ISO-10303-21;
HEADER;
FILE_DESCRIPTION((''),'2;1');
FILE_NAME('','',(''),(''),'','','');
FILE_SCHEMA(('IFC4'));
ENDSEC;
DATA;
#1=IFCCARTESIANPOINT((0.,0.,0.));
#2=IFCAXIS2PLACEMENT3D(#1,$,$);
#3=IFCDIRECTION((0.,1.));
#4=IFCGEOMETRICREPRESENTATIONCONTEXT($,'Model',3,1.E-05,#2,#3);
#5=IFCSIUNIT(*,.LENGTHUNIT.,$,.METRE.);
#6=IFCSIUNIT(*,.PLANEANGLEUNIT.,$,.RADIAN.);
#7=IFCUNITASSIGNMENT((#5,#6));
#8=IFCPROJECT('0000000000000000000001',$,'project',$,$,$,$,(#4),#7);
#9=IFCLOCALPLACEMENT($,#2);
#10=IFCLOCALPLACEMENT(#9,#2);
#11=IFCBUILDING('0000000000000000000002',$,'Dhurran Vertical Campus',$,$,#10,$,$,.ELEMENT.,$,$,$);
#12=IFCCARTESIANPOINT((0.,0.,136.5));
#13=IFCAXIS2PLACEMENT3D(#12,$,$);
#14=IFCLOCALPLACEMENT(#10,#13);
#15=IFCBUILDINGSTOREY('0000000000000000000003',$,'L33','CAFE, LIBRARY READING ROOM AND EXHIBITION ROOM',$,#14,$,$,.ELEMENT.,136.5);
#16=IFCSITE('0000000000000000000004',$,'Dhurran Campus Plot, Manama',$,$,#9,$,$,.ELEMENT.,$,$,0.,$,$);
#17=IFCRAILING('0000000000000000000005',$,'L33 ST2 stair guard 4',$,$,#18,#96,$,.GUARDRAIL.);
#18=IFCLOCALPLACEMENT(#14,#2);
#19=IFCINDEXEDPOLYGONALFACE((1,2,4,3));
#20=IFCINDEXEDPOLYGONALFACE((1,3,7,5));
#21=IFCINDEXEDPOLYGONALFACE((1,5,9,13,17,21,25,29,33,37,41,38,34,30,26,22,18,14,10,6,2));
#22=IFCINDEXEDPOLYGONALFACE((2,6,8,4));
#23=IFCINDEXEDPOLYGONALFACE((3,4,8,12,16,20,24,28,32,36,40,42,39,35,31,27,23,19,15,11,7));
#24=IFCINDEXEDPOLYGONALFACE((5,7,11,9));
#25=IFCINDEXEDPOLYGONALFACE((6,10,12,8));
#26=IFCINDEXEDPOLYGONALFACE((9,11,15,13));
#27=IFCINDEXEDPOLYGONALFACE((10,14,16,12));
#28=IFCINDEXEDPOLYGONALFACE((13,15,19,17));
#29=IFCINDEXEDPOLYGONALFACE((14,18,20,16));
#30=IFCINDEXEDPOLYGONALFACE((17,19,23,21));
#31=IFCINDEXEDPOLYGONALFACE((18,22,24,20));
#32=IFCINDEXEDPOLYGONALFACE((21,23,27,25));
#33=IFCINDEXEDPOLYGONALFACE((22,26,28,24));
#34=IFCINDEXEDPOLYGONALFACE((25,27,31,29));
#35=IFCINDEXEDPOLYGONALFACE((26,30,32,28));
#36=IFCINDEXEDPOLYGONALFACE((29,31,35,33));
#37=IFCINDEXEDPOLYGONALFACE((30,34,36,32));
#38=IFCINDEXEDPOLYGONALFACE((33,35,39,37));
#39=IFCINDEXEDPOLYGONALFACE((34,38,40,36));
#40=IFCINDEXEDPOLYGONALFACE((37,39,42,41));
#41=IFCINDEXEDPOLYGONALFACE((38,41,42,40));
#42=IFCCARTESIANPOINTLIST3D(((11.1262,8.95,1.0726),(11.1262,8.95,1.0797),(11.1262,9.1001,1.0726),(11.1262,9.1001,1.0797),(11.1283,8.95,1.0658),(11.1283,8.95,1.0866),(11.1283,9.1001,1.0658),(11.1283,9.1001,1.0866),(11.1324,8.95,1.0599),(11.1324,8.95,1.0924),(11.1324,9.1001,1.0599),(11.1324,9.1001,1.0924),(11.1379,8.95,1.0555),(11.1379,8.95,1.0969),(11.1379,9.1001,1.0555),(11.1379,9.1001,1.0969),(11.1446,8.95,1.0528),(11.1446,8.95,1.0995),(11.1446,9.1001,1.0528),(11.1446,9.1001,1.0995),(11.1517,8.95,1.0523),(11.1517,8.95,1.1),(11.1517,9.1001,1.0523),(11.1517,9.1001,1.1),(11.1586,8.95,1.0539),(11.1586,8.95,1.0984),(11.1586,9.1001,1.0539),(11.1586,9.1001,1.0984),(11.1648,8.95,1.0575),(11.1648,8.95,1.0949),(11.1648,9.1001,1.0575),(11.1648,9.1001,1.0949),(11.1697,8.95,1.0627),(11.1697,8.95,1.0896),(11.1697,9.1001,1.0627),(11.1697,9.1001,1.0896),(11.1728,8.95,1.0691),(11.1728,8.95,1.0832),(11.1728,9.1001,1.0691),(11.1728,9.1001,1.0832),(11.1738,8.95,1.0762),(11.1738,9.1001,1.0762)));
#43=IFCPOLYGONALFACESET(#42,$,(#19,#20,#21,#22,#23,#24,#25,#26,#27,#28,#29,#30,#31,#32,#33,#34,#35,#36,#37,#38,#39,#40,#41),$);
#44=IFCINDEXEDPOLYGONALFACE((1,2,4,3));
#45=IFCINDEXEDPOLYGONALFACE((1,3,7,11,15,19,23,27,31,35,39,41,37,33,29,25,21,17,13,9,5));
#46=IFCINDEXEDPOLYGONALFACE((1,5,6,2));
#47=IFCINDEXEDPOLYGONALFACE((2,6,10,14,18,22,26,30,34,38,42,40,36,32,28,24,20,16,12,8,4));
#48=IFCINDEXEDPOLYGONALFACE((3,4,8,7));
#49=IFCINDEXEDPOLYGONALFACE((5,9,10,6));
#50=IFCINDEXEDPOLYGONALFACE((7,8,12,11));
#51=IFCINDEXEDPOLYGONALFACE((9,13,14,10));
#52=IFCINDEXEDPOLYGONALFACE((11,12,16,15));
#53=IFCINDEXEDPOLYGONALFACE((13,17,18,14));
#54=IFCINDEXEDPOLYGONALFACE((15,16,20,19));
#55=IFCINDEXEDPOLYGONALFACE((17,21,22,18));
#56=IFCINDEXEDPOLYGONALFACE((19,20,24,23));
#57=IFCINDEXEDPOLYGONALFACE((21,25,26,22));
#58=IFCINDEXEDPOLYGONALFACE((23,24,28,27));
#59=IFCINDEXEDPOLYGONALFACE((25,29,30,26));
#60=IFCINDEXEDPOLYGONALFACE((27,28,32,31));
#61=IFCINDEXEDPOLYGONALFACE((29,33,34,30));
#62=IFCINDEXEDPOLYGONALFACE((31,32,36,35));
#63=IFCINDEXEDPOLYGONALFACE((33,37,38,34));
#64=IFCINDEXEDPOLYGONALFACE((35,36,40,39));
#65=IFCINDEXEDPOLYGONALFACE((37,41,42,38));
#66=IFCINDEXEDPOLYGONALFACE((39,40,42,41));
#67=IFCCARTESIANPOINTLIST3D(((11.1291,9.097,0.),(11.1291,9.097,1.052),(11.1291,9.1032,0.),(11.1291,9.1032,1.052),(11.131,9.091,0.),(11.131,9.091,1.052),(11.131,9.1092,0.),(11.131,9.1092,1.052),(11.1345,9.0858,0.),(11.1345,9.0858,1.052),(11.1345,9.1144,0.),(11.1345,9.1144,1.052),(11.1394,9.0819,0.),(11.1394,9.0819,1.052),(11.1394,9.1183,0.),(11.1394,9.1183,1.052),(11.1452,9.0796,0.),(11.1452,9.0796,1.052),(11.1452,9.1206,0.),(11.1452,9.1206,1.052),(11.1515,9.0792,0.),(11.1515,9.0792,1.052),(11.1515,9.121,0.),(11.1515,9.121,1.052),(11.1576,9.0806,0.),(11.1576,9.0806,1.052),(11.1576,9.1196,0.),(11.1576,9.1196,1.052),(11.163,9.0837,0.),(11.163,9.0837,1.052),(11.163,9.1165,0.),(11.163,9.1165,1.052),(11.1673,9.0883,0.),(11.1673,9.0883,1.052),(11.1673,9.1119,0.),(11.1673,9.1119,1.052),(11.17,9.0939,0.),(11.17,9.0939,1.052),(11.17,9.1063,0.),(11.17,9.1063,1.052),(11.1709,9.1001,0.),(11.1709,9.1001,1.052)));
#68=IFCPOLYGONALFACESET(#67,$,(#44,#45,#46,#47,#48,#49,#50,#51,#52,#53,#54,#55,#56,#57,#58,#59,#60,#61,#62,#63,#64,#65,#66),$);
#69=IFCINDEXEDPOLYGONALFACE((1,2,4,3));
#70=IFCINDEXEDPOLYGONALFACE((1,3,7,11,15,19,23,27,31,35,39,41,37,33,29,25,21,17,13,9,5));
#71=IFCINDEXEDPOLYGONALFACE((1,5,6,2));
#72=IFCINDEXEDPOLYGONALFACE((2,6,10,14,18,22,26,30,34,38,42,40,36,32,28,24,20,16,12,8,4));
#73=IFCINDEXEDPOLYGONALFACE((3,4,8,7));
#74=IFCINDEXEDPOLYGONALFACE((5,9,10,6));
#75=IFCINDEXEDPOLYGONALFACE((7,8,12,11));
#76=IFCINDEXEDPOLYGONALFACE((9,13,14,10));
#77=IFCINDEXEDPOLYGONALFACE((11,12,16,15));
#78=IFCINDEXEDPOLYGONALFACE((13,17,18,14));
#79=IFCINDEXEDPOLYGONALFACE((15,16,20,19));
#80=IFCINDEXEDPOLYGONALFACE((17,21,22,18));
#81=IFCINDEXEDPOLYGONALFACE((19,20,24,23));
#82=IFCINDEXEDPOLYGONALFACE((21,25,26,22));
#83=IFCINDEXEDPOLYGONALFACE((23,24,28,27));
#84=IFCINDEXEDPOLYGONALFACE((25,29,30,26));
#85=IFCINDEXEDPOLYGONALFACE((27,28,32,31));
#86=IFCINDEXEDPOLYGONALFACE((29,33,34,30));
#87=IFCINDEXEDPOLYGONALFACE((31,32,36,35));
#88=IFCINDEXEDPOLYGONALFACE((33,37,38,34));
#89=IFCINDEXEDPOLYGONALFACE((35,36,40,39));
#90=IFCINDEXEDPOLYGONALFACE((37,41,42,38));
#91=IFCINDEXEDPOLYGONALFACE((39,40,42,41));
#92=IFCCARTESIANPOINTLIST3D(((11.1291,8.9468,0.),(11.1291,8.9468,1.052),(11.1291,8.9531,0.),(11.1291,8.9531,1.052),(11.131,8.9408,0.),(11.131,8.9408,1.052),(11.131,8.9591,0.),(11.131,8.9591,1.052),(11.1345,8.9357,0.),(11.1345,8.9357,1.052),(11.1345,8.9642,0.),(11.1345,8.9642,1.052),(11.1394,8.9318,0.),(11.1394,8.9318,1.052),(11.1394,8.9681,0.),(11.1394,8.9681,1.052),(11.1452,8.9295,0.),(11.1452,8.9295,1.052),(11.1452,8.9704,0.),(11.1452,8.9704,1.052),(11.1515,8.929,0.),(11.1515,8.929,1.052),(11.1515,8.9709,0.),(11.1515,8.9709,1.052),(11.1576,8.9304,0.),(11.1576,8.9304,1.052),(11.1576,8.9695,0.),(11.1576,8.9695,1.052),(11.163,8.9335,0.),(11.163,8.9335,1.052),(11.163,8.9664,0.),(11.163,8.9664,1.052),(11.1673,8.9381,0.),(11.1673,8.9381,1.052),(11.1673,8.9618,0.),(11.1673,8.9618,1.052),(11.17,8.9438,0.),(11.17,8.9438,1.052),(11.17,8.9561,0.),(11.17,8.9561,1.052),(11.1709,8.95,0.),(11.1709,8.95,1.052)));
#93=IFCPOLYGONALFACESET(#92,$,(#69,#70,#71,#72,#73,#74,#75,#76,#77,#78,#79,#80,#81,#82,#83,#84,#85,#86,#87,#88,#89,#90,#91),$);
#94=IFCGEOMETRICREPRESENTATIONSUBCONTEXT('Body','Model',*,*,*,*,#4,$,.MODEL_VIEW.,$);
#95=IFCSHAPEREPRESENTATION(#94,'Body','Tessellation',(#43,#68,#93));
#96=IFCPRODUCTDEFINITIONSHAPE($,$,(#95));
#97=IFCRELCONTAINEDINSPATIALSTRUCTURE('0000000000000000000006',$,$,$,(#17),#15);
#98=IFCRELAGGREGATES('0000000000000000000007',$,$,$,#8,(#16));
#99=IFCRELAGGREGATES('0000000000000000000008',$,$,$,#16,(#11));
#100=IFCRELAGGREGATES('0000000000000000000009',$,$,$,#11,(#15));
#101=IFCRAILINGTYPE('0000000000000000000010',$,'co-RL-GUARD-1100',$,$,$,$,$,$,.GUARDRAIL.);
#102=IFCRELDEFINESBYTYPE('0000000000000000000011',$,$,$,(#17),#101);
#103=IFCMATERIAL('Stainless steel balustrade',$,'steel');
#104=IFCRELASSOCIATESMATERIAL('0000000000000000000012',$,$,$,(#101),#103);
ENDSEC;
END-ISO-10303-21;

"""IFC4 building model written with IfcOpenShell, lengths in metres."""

from ifc_helpers import new_model, si_unit, direction, frame, origin, origin_2d, place, context, subcontext, project, spatial, circle, extrude, material, type_object, element, save


model = new_model("IFC4")

# Units and contexts
model_context = context("Model", 3, precision=1e-05, world=origin(), true_north=direction((0.0, 1.0)))
body_context = subcontext(model_context, "Body", "Model", "MODEL_VIEW")
ifc_project = project(units=[si_unit("LENGTHUNIT", "METRE"), si_unit("PLANEANGLEUNIT", "RADIAN")], contexts=[model_context])

# Site, building, storey
site_placement = place(None, origin())
site = spatial("IfcSite", under=ifc_project, at=site_placement, Name="Dhurran Campus Plot, Manama", CompositionType="ELEMENT", RefElevation=0.0)
building_placement = place(site_placement, origin())
building = spatial("IfcBuilding", under=site, at=building_placement, Name="Dhurran Vertical Campus", CompositionType="ELEMENT")
storey_placement = place(building_placement, frame((0.0, 0.0, 136.5)))
storey = spatial("IfcBuildingStorey", under=building, at=storey_placement, Name="L33", Description="CAFE, LIBRARY READING ROOM AND EXHIBITION ROOM", CompositionType="ELEMENT", Elevation=136.5)

# Railing
ifc_material_1 = material(Name="Stainless steel balustrade", Category="steel")
railing_type_1 = type_object("IfcRailingType", Name="co-RL-GUARD-1100", PredefinedType="GUARDRAIL", material=ifc_material_1)
railing_1_placement = place(storey_placement, frame((11.1499, 9.1001, 0.0)))
element("IfcRailing", 1, at=railing_1_placement, inside=storey, type_object=railing_type_1, Name="L33 ST2 stair guard 4", PredefinedType="GUARDRAIL", context=body_context, shape_type="SweptSolid", body=[
    extrude(circle(Radius=0.0239, at=origin_2d()), frame((0.0, 0.0, 1.0762), z_axis=(0.0, -1.0, 0.0), x_axis=(1.0, 0.0, 0.0)), (0.0, 0.0, 1.0), 0.1501),
    extrude(circle(Radius=0.021, at=origin_2d()), origin(), (0.0, 0.0, 1.0), 1.052),
    extrude(circle(Radius=0.021, at=origin_2d()), frame((0.0, -0.1501, 0.0)), (0.0, 0.0, 1.0), 1.052),
])

save(model, "model.ifc")
